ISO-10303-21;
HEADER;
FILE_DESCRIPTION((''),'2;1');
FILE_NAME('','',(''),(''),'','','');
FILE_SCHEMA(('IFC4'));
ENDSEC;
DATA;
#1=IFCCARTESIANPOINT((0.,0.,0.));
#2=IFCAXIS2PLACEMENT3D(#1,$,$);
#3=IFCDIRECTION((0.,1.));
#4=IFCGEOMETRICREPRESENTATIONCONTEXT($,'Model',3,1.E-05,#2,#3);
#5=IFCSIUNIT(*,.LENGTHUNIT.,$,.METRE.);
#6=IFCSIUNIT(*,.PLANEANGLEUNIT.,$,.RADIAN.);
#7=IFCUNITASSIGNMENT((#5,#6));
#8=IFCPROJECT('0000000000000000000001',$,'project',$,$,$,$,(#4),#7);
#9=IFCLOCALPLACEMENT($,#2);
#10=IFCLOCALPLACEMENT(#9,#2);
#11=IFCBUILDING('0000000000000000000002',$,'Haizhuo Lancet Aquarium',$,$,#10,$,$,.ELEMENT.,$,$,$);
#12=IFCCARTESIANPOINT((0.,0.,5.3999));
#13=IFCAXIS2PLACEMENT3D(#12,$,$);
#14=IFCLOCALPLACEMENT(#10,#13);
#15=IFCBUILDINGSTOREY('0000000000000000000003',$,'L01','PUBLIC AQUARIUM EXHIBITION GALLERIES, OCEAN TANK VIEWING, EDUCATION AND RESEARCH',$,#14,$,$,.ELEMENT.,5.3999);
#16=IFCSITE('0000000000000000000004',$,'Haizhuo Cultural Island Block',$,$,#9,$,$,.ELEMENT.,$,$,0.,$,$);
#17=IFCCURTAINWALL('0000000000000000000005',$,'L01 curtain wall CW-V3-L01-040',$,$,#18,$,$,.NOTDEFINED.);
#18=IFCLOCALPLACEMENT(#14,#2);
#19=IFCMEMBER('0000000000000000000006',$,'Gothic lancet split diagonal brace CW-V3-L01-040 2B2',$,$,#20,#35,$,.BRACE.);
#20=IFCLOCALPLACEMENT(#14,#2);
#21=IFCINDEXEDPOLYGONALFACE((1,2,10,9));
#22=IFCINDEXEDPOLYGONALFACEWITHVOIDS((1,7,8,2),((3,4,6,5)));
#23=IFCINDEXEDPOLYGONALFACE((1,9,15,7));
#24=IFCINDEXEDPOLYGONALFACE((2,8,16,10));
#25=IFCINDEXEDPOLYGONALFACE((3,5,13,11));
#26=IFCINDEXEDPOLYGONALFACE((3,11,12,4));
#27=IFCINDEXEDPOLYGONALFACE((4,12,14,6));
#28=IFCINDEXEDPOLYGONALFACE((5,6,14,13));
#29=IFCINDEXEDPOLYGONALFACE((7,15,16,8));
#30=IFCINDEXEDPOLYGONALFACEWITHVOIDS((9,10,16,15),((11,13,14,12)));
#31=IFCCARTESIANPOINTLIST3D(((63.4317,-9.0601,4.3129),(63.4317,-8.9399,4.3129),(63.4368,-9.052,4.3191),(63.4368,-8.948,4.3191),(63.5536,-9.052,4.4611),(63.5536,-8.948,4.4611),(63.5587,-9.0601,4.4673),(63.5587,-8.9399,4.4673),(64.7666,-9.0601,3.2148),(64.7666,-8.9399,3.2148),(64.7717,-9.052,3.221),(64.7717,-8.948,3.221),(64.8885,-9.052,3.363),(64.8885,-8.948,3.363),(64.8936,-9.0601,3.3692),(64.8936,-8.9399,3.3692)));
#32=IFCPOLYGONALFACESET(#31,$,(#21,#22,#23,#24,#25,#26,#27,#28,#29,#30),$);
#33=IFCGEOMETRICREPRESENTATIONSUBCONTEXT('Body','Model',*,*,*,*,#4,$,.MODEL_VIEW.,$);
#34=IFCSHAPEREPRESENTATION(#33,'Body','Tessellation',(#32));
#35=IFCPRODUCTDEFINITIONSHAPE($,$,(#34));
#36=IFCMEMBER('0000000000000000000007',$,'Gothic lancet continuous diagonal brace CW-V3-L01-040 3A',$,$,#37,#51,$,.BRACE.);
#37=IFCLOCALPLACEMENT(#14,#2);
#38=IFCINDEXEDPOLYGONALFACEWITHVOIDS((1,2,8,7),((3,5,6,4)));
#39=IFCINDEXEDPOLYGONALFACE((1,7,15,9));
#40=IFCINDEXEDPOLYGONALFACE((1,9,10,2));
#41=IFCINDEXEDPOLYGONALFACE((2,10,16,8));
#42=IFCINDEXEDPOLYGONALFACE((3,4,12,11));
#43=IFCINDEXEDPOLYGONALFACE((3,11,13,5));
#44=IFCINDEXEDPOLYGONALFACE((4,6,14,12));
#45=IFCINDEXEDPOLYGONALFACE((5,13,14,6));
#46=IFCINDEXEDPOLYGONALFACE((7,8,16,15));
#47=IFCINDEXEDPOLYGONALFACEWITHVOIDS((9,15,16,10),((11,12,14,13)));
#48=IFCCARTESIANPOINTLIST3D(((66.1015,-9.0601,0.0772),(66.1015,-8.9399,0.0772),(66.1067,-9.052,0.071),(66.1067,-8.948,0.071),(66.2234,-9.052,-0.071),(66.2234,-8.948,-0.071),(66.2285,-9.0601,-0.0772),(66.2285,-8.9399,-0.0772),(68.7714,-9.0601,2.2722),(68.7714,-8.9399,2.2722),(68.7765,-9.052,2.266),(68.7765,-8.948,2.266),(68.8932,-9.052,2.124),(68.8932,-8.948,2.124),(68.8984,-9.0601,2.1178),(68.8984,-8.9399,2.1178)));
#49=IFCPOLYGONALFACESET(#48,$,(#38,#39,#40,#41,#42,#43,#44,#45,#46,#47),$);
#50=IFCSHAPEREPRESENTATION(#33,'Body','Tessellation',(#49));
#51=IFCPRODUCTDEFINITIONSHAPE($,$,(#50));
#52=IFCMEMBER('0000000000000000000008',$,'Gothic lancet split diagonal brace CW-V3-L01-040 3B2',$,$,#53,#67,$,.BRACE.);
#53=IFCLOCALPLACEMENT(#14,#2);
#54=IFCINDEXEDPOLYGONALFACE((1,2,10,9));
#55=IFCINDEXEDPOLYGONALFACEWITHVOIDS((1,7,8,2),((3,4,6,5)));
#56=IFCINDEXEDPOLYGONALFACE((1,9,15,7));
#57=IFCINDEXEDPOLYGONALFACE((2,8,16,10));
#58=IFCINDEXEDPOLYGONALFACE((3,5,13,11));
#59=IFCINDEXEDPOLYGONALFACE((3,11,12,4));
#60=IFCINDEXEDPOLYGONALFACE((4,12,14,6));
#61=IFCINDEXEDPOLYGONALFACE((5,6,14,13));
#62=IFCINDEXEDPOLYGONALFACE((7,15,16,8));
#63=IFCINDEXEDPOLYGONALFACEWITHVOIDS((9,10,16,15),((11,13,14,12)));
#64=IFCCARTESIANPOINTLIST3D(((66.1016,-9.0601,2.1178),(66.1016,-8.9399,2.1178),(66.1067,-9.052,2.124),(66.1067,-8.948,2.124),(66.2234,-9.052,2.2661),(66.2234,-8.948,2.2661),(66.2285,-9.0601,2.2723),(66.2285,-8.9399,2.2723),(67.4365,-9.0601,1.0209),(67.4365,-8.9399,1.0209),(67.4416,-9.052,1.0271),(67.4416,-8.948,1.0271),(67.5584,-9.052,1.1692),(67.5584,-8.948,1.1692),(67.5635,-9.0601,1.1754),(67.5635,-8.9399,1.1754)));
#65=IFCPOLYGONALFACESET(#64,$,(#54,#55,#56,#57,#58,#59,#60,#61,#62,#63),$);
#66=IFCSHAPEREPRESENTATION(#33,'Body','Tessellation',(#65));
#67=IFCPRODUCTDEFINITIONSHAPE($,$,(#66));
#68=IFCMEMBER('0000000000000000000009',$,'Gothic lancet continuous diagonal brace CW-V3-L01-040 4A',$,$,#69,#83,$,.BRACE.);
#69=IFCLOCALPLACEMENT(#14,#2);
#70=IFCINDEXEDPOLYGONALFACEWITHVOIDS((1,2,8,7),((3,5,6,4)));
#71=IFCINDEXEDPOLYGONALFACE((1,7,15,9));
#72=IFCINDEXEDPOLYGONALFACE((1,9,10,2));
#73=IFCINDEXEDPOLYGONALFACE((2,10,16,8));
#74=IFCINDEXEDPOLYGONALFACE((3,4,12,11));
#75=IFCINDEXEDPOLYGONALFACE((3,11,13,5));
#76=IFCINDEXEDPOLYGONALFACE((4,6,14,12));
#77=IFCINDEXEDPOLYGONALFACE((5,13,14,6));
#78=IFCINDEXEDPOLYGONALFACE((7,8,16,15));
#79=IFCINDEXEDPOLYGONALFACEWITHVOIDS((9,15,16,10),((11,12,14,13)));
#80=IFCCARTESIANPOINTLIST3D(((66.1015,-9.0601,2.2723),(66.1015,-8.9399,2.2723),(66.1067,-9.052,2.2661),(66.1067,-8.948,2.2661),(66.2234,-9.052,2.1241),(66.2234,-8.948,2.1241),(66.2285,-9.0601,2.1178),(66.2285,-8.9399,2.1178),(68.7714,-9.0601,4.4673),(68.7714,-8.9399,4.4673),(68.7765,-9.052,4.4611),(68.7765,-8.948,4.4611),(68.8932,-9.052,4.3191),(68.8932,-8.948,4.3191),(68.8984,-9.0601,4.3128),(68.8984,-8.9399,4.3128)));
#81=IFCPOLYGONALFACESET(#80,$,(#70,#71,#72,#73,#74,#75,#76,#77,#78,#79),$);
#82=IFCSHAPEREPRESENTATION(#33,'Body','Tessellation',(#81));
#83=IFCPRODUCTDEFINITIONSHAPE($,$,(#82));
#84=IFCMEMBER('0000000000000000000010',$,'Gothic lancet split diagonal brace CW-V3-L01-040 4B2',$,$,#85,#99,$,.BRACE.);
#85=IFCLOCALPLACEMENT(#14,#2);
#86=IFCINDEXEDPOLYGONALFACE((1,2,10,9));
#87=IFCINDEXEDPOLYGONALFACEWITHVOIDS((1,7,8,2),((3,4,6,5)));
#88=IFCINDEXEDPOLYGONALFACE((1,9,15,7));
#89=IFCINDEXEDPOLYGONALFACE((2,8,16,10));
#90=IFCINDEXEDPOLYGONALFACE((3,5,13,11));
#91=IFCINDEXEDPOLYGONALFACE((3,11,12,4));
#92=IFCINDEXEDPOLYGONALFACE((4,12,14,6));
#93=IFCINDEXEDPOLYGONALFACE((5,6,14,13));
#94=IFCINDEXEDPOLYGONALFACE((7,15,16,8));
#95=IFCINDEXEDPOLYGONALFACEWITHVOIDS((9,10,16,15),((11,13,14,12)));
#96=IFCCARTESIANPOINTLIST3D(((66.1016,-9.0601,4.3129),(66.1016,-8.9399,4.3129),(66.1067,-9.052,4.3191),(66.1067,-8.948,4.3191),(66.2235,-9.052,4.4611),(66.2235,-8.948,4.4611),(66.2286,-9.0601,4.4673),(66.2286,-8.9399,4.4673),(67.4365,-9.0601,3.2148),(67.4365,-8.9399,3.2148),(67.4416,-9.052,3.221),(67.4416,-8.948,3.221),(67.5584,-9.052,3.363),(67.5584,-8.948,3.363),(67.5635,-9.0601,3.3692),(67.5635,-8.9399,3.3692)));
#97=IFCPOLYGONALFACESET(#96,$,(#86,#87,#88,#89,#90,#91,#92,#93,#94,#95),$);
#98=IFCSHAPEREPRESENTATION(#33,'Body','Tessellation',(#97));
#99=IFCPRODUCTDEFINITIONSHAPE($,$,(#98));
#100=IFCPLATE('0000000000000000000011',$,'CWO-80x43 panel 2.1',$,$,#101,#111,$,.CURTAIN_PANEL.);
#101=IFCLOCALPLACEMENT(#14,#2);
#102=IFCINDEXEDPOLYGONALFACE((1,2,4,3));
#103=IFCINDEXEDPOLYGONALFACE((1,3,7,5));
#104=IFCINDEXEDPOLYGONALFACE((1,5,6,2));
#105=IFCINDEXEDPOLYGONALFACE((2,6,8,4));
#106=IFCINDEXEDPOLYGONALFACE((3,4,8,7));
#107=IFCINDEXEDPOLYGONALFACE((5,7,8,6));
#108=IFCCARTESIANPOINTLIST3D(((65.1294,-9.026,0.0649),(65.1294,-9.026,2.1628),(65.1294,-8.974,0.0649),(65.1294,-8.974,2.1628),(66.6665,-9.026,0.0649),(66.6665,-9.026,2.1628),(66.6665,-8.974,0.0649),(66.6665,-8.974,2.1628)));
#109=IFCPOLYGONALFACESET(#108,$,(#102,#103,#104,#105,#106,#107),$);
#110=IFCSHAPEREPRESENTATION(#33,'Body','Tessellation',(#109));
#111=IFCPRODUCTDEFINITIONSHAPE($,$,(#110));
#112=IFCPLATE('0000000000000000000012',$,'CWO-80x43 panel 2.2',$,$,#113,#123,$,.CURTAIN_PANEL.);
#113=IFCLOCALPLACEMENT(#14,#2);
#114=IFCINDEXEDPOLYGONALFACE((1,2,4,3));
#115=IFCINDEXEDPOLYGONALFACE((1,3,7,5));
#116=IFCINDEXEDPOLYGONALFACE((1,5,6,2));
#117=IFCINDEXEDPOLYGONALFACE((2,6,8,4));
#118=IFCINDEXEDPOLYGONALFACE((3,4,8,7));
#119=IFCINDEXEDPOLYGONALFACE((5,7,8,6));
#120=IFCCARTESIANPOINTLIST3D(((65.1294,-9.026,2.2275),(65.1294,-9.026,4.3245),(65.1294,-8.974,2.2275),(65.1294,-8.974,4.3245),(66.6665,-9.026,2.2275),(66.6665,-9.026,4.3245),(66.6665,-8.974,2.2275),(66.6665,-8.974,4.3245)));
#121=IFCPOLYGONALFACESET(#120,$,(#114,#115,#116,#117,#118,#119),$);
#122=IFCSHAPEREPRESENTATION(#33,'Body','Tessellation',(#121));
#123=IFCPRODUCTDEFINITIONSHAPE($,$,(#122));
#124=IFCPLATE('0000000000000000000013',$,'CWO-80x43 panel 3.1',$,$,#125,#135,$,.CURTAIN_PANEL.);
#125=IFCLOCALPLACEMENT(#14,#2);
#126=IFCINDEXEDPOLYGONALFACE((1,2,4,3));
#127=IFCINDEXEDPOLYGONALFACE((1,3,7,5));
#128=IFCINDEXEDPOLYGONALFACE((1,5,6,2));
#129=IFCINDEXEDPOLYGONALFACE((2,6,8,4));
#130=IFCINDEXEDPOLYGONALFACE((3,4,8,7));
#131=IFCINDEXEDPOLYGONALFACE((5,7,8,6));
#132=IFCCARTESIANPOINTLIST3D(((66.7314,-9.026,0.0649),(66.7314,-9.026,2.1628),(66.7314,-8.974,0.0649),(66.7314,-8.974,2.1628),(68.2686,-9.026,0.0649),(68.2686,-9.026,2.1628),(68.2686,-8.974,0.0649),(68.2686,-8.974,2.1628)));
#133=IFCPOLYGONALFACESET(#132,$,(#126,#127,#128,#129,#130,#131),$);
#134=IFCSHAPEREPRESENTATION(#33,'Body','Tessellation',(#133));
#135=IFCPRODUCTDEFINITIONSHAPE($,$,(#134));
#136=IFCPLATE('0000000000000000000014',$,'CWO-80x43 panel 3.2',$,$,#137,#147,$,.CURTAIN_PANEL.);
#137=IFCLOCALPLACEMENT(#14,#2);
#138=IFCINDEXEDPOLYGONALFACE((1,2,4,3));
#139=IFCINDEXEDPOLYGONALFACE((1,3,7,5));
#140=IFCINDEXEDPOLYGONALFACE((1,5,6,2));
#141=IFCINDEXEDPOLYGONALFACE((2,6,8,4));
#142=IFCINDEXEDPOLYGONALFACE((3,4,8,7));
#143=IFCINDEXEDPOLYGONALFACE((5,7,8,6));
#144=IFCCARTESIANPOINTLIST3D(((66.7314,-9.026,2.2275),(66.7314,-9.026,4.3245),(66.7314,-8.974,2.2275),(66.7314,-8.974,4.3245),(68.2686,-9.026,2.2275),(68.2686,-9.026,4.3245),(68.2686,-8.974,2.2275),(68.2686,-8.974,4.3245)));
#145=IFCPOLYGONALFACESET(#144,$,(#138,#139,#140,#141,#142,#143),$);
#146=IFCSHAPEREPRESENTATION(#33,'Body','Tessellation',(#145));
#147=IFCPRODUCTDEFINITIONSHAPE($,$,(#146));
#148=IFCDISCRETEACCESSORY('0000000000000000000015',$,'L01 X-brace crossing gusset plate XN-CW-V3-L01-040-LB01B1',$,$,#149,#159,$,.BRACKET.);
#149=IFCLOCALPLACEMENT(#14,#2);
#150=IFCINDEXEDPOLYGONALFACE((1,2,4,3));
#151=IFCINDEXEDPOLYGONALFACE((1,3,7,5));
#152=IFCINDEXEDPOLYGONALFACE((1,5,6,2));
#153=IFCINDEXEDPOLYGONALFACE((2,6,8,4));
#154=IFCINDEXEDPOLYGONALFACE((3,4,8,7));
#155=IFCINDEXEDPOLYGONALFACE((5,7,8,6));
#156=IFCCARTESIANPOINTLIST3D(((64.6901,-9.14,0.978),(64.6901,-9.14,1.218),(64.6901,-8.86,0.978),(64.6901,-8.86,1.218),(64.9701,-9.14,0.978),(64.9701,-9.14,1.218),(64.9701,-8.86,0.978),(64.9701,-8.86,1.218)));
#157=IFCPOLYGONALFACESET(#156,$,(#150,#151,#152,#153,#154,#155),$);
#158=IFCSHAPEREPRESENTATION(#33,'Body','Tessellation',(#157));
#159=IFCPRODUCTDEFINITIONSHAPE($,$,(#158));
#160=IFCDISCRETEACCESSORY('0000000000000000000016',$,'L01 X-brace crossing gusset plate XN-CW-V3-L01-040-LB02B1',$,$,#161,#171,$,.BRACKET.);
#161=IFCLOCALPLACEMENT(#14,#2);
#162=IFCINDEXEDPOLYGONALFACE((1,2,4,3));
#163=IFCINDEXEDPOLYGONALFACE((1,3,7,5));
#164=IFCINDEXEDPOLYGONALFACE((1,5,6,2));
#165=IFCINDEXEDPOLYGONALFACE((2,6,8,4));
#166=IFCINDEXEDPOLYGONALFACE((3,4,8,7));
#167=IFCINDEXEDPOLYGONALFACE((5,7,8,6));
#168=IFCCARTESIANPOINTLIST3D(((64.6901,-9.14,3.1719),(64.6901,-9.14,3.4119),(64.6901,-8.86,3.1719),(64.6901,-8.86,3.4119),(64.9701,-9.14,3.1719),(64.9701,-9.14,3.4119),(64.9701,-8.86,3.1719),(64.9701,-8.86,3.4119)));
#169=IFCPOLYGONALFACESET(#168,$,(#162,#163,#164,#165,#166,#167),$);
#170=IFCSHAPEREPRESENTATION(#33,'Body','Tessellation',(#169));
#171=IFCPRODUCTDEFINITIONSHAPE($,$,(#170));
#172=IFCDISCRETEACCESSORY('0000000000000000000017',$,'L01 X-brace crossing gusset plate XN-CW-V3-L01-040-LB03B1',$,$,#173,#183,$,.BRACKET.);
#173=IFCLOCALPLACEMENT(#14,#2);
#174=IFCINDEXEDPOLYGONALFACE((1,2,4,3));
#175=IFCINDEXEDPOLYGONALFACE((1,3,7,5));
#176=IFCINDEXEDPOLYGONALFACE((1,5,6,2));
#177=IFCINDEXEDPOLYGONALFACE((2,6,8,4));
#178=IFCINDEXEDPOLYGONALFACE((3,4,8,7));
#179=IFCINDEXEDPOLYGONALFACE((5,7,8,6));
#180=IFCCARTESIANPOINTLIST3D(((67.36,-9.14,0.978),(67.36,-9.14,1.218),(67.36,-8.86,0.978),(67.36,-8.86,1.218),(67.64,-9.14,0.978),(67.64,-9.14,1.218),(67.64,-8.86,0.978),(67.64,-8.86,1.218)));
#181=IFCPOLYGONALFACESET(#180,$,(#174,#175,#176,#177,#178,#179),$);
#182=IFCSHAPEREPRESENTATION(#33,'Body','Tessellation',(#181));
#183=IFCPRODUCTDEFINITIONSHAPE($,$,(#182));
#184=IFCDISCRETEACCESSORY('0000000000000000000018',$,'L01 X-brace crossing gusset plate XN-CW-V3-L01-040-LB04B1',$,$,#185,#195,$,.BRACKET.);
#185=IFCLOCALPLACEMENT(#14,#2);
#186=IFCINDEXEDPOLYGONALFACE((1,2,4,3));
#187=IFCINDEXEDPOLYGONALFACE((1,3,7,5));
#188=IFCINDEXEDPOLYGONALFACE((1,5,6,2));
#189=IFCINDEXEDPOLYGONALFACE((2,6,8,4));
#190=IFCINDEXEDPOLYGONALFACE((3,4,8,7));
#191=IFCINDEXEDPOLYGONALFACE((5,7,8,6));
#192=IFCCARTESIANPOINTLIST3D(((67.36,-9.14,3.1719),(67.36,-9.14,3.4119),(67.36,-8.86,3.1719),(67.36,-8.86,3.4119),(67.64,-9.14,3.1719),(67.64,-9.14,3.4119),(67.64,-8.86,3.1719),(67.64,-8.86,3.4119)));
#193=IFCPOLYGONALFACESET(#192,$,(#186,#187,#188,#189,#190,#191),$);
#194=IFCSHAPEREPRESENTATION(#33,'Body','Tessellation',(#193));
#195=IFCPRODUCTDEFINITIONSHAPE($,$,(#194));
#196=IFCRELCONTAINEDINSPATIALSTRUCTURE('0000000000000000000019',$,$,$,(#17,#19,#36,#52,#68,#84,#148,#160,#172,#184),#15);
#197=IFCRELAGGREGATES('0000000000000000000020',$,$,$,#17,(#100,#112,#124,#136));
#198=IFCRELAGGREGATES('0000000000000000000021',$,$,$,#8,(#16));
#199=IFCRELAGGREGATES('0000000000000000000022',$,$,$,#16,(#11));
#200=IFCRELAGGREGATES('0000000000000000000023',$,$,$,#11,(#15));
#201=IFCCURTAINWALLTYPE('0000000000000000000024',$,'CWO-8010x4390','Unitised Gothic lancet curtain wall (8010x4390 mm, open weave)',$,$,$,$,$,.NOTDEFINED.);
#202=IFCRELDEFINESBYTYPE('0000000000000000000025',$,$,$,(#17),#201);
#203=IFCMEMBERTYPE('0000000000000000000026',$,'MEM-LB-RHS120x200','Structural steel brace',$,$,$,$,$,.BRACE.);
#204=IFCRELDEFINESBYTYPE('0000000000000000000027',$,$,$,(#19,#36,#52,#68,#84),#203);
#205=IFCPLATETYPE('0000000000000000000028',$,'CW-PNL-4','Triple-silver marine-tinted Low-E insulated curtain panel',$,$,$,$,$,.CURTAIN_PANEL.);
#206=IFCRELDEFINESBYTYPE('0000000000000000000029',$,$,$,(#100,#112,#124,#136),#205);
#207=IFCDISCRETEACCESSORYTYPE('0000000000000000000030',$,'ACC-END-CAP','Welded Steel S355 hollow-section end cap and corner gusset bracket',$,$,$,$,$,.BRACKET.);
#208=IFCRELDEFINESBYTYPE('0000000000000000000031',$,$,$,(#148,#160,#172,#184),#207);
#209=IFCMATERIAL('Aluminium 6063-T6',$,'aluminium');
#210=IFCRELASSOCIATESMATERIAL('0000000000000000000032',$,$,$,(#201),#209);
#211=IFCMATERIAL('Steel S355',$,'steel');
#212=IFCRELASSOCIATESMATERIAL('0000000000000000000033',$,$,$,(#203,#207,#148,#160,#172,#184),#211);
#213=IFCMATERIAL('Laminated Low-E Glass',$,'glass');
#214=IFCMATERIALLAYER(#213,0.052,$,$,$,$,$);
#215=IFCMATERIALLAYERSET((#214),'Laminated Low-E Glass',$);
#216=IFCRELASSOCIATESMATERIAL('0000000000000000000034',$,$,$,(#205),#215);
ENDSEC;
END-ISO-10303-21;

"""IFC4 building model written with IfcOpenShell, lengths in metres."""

from ifc_helpers import new_model, si_unit, direction, frame, origin, origin_2d, place, context, subcontext, project, spatial, rectangle, hollow_rectangle, extrude, material, layer, layer_set, material_profile, profile_set, type_object, element, aggregate, save


model = new_model("IFC4")

# Units and contexts
model_context = context("Model", 3, precision=1e-05, world=origin(), true_north=direction((0.0, 1.0)))
body_context = subcontext(model_context, "Body", "Model", "MODEL_VIEW")
ifc_project = project(units=[si_unit("LENGTHUNIT", "METRE"), si_unit("PLANEANGLEUNIT", "RADIAN")], contexts=[model_context])

# Site, building, storey
site_placement = place(None, origin())
site = spatial("IfcSite", under=ifc_project, at=site_placement, Name="Haizhuo Cultural Island Block", CompositionType="ELEMENT", RefElevation=0.0)
building_placement = place(site_placement, origin())
building = spatial("IfcBuilding", under=site, at=building_placement, Name="Haizhuo Lancet Aquarium", CompositionType="ELEMENT")
storey_placement = place(building_placement, frame((0.0, 0.0, 5.3999)))
storey = spatial("IfcBuildingStorey", under=building, at=storey_placement, Name="L01", Description="PUBLIC AQUARIUM EXHIBITION GALLERIES, OCEAN TANK VIEWING, EDUCATION AND RESEARCH", CompositionType="ELEMENT", Elevation=5.3999)

# Curtain wall
ifc_material_1 = material(Name="Aluminium 6063-T6", Category="aluminium")
curtain_wall_type = type_object("IfcCurtainWallType", Name="CWO-8010x4390", Description="Unitised Gothic lancet curtain wall (8010x4390 mm, open weave)", PredefinedType="NOTDEFINED", material=ifc_material_1)
curtain_wall_placement = place(storey_placement, origin())
curtain_wall = element("IfcCurtainWall", 1, at=curtain_wall_placement, inside=storey, type_object=curtain_wall_type, Name="L01 curtain wall CW-V3-L01-040", PredefinedType="NOTDEFINED")

# Members
ifc_material_2 = material(Name="Steel S355", Category="steel")
ifc_material_profile_1 = material_profile(ifc_material_2, hollow_rectangle(XDim=0.1201, YDim=0.2, WallThickness=0.0081, at=origin_2d()), Name="RHS 120x200x8")
ifc_profile_set_1 = profile_set([ifc_material_profile_1], Name="Steel S355")
member_type_1 = type_object("IfcMemberType", Name="MEM-LB-RHS120x200", Description="Structural steel brace", PredefinedType="BRACE", material=ifc_profile_set_1)
member_1_placement = place(storey_placement, frame((64.8301, -9.0, 3.292), z_axis=(-0.772281, 0.0, 0.635281), x_axis=(0.0, -1.0, 0.0)))
element("IfcMember", 2, at=member_1_placement, inside=storey, type_object=member_type_1, Name="Gothic lancet split diagonal brace CW-V3-L01-040 2B2", PredefinedType="BRACE", context=body_context, shape_type="SweptSolid", body=[
    extrude(hollow_rectangle(XDim=0.1201, YDim=0.2, WallThickness=0.0081, at=origin_2d()), origin(), (0.0, 0.0, 1.0), 1.7285),
])
member_2_placement = place(storey_placement, frame((66.165, -9.0, 0.0), z_axis=(0.772454, 0.0, 0.635071), x_axis=(0.0, 1.0, 0.0)))
element("IfcMember", 3, at=member_2_placement, inside=storey, type_object=member_type_1, Name="Gothic lancet continuous diagonal brace CW-V3-L01-040 3A", PredefinedType="BRACE", context=body_context, shape_type="SweptSolid", body=[
    extrude(hollow_rectangle(XDim=0.1201, YDim=0.2, WallThickness=0.0081, at=origin_2d()), origin(), (0.0, 0.0, 1.0), 3.4563),
])
member_3_placement = place(storey_placement, frame((67.5, -9.0, 1.0981), z_axis=(-0.772627, 0.0, 0.63486), x_axis=(0.0, -1.0, 0.0)))
element("IfcMember", 4, at=member_3_placement, inside=storey, type_object=member_type_1, Name="Gothic lancet split diagonal brace CW-V3-L01-040 3B2", PredefinedType="BRACE", context=body_context, shape_type="SweptSolid", body=[
    extrude(hollow_rectangle(XDim=0.1201, YDim=0.2, WallThickness=0.0081, at=origin_2d()), origin(), (0.0, 0.0, 1.0), 1.7278),
])
member_4_placement = place(storey_placement, frame((66.165, -9.0, 2.1951), z_axis=(0.772454, 0.0, 0.635071), x_axis=(0.0, 1.0, 0.0)))
element("IfcMember", 5, at=member_4_placement, inside=storey, type_object=member_type_1, Name="Gothic lancet continuous diagonal brace CW-V3-L01-040 4A", PredefinedType="BRACE", context=body_context, shape_type="SweptSolid", body=[
    extrude(hollow_rectangle(XDim=0.1201, YDim=0.2, WallThickness=0.0081, at=origin_2d()), origin(), (0.0, 0.0, 1.0), 3.4563),
])
member_5_placement = place(storey_placement, frame((67.5, -9.0, 3.292), z_axis=(-0.772281, 0.0, 0.635281), x_axis=(0.0, -1.0, 0.0)))
element("IfcMember", 6, at=member_5_placement, inside=storey, type_object=member_type_1, Name="Gothic lancet split diagonal brace CW-V3-L01-040 4B2", PredefinedType="BRACE", context=body_context, shape_type="SweptSolid", body=[
    extrude(hollow_rectangle(XDim=0.1201, YDim=0.2, WallThickness=0.0081, at=origin_2d()), origin(), (0.0, 0.0, 1.0), 1.7285),
])

# Plates
ifc_material_3 = material(Name="Laminated Low-E Glass", Category="glass")
ifc_layer = layer(ifc_material_3, 0.052)
ifc_layer_set = layer_set([ifc_layer], Name="Laminated Low-E Glass")
plate_type = type_object("IfcPlateType", Name="CW-PNL-4", Description="Triple-silver marine-tinted Low-E insulated curtain panel", PredefinedType="CURTAIN_PANEL", material=ifc_layer_set)
plate_1_placement = place(storey_placement, frame((65.8979, -9.0, 0.0649), z_axis=(0.0, 0.0, 1.0), x_axis=(1.0, 0.0, 0.0)))
plate_1 = element("IfcPlate", 7, at=plate_1_placement, type_object=plate_type, Name="CWO-80x43 panel 2.1", PredefinedType="CURTAIN_PANEL", context=body_context, shape_type="SweptSolid", body=[
    extrude(rectangle(XDim=1.5371, YDim=0.052, at=origin_2d()), origin(), (0.0, 0.0, 1.0), 2.0979),
])
plate_2_placement = place(storey_placement, frame((65.8979, -9.0, 2.2275), z_axis=(0.0, 0.0, 1.0), x_axis=(1.0, 0.0, 0.0)))
plate_2 = element("IfcPlate", 8, at=plate_2_placement, type_object=plate_type, Name="CWO-80x43 panel 2.2", PredefinedType="CURTAIN_PANEL", context=body_context, shape_type="SweptSolid", body=[
    extrude(rectangle(XDim=1.5371, YDim=0.052, at=origin_2d()), origin(), (0.0, 0.0, 1.0), 2.0969),
])
plate_3_placement = place(storey_placement, frame((67.5, -9.0, 0.0649), z_axis=(0.0, 0.0, 1.0), x_axis=(1.0, 0.0, 0.0)))
plate_3 = element("IfcPlate", 9, at=plate_3_placement, type_object=plate_type, Name="CWO-80x43 panel 3.1", PredefinedType="CURTAIN_PANEL", context=body_context, shape_type="SweptSolid", body=[
    extrude(rectangle(XDim=1.5371, YDim=0.052, at=origin_2d()), origin(), (0.0, 0.0, 1.0), 2.0979),
])
plate_4_placement = place(storey_placement, frame((67.5, -9.0, 2.2275), z_axis=(0.0, 0.0, 1.0), x_axis=(1.0, 0.0, 0.0)))
plate_4 = element("IfcPlate", 10, at=plate_4_placement, type_object=plate_type, Name="CWO-80x43 panel 3.2", PredefinedType="CURTAIN_PANEL", context=body_context, shape_type="SweptSolid", body=[
    extrude(rectangle(XDim=1.5371, YDim=0.052, at=origin_2d()), origin(), (0.0, 0.0, 1.0), 2.0969),
])
aggregate(curtain_wall, [plate_1, plate_2, plate_3, plate_4])

# Discrete accessories
discrete_accessory_type = type_object("IfcDiscreteAccessoryType", Name="ACC-END-CAP", Description="Welded Steel S355 hollow-section end cap and corner gusset bracket", PredefinedType="BRACKET", material=ifc_material_2)
for number, where, z_axis, x_axis, name in (
    (11, (64.8301, -9.0, 0.978), (0.0, 0.0, 1.0), (1.0, 0.0, 0.0), "L01 X-brace crossing gusset plate XN-CW-V3-L01-040-LB01B1"),
    (12, (64.8301, -9.0, 3.1719), (0.0, 0.0, 1.0), (1.0, 0.0, 0.0), "L01 X-brace crossing gusset plate XN-CW-V3-L01-040-LB02B1"),
    (13, (67.5, -9.0, 0.978), (0.0, 0.0, 1.0), (1.0, 0.0, 0.0), "L01 X-brace crossing gusset plate XN-CW-V3-L01-040-LB03B1"),
    (14, (67.5, -9.0, 3.1719), (0.0, 0.0, 1.0), (1.0, 0.0, 0.0), "L01 X-brace crossing gusset plate XN-CW-V3-L01-040-LB04B1"),
):
    element("IfcDiscreteAccessory", number, at=place(storey_placement, frame(where, z_axis=z_axis, x_axis=x_axis)), inside=storey, type_object=discrete_accessory_type, material=ifc_material_2, Name=name, PredefinedType="BRACKET", context=body_context, shape_type="SweptSolid", body=[
        extrude(rectangle(XDim=0.28, YDim=0.28, at=origin_2d()), origin(), (0.0, 0.0, 1.0), 0.24),
    ])

save(model, "model.ifc")
